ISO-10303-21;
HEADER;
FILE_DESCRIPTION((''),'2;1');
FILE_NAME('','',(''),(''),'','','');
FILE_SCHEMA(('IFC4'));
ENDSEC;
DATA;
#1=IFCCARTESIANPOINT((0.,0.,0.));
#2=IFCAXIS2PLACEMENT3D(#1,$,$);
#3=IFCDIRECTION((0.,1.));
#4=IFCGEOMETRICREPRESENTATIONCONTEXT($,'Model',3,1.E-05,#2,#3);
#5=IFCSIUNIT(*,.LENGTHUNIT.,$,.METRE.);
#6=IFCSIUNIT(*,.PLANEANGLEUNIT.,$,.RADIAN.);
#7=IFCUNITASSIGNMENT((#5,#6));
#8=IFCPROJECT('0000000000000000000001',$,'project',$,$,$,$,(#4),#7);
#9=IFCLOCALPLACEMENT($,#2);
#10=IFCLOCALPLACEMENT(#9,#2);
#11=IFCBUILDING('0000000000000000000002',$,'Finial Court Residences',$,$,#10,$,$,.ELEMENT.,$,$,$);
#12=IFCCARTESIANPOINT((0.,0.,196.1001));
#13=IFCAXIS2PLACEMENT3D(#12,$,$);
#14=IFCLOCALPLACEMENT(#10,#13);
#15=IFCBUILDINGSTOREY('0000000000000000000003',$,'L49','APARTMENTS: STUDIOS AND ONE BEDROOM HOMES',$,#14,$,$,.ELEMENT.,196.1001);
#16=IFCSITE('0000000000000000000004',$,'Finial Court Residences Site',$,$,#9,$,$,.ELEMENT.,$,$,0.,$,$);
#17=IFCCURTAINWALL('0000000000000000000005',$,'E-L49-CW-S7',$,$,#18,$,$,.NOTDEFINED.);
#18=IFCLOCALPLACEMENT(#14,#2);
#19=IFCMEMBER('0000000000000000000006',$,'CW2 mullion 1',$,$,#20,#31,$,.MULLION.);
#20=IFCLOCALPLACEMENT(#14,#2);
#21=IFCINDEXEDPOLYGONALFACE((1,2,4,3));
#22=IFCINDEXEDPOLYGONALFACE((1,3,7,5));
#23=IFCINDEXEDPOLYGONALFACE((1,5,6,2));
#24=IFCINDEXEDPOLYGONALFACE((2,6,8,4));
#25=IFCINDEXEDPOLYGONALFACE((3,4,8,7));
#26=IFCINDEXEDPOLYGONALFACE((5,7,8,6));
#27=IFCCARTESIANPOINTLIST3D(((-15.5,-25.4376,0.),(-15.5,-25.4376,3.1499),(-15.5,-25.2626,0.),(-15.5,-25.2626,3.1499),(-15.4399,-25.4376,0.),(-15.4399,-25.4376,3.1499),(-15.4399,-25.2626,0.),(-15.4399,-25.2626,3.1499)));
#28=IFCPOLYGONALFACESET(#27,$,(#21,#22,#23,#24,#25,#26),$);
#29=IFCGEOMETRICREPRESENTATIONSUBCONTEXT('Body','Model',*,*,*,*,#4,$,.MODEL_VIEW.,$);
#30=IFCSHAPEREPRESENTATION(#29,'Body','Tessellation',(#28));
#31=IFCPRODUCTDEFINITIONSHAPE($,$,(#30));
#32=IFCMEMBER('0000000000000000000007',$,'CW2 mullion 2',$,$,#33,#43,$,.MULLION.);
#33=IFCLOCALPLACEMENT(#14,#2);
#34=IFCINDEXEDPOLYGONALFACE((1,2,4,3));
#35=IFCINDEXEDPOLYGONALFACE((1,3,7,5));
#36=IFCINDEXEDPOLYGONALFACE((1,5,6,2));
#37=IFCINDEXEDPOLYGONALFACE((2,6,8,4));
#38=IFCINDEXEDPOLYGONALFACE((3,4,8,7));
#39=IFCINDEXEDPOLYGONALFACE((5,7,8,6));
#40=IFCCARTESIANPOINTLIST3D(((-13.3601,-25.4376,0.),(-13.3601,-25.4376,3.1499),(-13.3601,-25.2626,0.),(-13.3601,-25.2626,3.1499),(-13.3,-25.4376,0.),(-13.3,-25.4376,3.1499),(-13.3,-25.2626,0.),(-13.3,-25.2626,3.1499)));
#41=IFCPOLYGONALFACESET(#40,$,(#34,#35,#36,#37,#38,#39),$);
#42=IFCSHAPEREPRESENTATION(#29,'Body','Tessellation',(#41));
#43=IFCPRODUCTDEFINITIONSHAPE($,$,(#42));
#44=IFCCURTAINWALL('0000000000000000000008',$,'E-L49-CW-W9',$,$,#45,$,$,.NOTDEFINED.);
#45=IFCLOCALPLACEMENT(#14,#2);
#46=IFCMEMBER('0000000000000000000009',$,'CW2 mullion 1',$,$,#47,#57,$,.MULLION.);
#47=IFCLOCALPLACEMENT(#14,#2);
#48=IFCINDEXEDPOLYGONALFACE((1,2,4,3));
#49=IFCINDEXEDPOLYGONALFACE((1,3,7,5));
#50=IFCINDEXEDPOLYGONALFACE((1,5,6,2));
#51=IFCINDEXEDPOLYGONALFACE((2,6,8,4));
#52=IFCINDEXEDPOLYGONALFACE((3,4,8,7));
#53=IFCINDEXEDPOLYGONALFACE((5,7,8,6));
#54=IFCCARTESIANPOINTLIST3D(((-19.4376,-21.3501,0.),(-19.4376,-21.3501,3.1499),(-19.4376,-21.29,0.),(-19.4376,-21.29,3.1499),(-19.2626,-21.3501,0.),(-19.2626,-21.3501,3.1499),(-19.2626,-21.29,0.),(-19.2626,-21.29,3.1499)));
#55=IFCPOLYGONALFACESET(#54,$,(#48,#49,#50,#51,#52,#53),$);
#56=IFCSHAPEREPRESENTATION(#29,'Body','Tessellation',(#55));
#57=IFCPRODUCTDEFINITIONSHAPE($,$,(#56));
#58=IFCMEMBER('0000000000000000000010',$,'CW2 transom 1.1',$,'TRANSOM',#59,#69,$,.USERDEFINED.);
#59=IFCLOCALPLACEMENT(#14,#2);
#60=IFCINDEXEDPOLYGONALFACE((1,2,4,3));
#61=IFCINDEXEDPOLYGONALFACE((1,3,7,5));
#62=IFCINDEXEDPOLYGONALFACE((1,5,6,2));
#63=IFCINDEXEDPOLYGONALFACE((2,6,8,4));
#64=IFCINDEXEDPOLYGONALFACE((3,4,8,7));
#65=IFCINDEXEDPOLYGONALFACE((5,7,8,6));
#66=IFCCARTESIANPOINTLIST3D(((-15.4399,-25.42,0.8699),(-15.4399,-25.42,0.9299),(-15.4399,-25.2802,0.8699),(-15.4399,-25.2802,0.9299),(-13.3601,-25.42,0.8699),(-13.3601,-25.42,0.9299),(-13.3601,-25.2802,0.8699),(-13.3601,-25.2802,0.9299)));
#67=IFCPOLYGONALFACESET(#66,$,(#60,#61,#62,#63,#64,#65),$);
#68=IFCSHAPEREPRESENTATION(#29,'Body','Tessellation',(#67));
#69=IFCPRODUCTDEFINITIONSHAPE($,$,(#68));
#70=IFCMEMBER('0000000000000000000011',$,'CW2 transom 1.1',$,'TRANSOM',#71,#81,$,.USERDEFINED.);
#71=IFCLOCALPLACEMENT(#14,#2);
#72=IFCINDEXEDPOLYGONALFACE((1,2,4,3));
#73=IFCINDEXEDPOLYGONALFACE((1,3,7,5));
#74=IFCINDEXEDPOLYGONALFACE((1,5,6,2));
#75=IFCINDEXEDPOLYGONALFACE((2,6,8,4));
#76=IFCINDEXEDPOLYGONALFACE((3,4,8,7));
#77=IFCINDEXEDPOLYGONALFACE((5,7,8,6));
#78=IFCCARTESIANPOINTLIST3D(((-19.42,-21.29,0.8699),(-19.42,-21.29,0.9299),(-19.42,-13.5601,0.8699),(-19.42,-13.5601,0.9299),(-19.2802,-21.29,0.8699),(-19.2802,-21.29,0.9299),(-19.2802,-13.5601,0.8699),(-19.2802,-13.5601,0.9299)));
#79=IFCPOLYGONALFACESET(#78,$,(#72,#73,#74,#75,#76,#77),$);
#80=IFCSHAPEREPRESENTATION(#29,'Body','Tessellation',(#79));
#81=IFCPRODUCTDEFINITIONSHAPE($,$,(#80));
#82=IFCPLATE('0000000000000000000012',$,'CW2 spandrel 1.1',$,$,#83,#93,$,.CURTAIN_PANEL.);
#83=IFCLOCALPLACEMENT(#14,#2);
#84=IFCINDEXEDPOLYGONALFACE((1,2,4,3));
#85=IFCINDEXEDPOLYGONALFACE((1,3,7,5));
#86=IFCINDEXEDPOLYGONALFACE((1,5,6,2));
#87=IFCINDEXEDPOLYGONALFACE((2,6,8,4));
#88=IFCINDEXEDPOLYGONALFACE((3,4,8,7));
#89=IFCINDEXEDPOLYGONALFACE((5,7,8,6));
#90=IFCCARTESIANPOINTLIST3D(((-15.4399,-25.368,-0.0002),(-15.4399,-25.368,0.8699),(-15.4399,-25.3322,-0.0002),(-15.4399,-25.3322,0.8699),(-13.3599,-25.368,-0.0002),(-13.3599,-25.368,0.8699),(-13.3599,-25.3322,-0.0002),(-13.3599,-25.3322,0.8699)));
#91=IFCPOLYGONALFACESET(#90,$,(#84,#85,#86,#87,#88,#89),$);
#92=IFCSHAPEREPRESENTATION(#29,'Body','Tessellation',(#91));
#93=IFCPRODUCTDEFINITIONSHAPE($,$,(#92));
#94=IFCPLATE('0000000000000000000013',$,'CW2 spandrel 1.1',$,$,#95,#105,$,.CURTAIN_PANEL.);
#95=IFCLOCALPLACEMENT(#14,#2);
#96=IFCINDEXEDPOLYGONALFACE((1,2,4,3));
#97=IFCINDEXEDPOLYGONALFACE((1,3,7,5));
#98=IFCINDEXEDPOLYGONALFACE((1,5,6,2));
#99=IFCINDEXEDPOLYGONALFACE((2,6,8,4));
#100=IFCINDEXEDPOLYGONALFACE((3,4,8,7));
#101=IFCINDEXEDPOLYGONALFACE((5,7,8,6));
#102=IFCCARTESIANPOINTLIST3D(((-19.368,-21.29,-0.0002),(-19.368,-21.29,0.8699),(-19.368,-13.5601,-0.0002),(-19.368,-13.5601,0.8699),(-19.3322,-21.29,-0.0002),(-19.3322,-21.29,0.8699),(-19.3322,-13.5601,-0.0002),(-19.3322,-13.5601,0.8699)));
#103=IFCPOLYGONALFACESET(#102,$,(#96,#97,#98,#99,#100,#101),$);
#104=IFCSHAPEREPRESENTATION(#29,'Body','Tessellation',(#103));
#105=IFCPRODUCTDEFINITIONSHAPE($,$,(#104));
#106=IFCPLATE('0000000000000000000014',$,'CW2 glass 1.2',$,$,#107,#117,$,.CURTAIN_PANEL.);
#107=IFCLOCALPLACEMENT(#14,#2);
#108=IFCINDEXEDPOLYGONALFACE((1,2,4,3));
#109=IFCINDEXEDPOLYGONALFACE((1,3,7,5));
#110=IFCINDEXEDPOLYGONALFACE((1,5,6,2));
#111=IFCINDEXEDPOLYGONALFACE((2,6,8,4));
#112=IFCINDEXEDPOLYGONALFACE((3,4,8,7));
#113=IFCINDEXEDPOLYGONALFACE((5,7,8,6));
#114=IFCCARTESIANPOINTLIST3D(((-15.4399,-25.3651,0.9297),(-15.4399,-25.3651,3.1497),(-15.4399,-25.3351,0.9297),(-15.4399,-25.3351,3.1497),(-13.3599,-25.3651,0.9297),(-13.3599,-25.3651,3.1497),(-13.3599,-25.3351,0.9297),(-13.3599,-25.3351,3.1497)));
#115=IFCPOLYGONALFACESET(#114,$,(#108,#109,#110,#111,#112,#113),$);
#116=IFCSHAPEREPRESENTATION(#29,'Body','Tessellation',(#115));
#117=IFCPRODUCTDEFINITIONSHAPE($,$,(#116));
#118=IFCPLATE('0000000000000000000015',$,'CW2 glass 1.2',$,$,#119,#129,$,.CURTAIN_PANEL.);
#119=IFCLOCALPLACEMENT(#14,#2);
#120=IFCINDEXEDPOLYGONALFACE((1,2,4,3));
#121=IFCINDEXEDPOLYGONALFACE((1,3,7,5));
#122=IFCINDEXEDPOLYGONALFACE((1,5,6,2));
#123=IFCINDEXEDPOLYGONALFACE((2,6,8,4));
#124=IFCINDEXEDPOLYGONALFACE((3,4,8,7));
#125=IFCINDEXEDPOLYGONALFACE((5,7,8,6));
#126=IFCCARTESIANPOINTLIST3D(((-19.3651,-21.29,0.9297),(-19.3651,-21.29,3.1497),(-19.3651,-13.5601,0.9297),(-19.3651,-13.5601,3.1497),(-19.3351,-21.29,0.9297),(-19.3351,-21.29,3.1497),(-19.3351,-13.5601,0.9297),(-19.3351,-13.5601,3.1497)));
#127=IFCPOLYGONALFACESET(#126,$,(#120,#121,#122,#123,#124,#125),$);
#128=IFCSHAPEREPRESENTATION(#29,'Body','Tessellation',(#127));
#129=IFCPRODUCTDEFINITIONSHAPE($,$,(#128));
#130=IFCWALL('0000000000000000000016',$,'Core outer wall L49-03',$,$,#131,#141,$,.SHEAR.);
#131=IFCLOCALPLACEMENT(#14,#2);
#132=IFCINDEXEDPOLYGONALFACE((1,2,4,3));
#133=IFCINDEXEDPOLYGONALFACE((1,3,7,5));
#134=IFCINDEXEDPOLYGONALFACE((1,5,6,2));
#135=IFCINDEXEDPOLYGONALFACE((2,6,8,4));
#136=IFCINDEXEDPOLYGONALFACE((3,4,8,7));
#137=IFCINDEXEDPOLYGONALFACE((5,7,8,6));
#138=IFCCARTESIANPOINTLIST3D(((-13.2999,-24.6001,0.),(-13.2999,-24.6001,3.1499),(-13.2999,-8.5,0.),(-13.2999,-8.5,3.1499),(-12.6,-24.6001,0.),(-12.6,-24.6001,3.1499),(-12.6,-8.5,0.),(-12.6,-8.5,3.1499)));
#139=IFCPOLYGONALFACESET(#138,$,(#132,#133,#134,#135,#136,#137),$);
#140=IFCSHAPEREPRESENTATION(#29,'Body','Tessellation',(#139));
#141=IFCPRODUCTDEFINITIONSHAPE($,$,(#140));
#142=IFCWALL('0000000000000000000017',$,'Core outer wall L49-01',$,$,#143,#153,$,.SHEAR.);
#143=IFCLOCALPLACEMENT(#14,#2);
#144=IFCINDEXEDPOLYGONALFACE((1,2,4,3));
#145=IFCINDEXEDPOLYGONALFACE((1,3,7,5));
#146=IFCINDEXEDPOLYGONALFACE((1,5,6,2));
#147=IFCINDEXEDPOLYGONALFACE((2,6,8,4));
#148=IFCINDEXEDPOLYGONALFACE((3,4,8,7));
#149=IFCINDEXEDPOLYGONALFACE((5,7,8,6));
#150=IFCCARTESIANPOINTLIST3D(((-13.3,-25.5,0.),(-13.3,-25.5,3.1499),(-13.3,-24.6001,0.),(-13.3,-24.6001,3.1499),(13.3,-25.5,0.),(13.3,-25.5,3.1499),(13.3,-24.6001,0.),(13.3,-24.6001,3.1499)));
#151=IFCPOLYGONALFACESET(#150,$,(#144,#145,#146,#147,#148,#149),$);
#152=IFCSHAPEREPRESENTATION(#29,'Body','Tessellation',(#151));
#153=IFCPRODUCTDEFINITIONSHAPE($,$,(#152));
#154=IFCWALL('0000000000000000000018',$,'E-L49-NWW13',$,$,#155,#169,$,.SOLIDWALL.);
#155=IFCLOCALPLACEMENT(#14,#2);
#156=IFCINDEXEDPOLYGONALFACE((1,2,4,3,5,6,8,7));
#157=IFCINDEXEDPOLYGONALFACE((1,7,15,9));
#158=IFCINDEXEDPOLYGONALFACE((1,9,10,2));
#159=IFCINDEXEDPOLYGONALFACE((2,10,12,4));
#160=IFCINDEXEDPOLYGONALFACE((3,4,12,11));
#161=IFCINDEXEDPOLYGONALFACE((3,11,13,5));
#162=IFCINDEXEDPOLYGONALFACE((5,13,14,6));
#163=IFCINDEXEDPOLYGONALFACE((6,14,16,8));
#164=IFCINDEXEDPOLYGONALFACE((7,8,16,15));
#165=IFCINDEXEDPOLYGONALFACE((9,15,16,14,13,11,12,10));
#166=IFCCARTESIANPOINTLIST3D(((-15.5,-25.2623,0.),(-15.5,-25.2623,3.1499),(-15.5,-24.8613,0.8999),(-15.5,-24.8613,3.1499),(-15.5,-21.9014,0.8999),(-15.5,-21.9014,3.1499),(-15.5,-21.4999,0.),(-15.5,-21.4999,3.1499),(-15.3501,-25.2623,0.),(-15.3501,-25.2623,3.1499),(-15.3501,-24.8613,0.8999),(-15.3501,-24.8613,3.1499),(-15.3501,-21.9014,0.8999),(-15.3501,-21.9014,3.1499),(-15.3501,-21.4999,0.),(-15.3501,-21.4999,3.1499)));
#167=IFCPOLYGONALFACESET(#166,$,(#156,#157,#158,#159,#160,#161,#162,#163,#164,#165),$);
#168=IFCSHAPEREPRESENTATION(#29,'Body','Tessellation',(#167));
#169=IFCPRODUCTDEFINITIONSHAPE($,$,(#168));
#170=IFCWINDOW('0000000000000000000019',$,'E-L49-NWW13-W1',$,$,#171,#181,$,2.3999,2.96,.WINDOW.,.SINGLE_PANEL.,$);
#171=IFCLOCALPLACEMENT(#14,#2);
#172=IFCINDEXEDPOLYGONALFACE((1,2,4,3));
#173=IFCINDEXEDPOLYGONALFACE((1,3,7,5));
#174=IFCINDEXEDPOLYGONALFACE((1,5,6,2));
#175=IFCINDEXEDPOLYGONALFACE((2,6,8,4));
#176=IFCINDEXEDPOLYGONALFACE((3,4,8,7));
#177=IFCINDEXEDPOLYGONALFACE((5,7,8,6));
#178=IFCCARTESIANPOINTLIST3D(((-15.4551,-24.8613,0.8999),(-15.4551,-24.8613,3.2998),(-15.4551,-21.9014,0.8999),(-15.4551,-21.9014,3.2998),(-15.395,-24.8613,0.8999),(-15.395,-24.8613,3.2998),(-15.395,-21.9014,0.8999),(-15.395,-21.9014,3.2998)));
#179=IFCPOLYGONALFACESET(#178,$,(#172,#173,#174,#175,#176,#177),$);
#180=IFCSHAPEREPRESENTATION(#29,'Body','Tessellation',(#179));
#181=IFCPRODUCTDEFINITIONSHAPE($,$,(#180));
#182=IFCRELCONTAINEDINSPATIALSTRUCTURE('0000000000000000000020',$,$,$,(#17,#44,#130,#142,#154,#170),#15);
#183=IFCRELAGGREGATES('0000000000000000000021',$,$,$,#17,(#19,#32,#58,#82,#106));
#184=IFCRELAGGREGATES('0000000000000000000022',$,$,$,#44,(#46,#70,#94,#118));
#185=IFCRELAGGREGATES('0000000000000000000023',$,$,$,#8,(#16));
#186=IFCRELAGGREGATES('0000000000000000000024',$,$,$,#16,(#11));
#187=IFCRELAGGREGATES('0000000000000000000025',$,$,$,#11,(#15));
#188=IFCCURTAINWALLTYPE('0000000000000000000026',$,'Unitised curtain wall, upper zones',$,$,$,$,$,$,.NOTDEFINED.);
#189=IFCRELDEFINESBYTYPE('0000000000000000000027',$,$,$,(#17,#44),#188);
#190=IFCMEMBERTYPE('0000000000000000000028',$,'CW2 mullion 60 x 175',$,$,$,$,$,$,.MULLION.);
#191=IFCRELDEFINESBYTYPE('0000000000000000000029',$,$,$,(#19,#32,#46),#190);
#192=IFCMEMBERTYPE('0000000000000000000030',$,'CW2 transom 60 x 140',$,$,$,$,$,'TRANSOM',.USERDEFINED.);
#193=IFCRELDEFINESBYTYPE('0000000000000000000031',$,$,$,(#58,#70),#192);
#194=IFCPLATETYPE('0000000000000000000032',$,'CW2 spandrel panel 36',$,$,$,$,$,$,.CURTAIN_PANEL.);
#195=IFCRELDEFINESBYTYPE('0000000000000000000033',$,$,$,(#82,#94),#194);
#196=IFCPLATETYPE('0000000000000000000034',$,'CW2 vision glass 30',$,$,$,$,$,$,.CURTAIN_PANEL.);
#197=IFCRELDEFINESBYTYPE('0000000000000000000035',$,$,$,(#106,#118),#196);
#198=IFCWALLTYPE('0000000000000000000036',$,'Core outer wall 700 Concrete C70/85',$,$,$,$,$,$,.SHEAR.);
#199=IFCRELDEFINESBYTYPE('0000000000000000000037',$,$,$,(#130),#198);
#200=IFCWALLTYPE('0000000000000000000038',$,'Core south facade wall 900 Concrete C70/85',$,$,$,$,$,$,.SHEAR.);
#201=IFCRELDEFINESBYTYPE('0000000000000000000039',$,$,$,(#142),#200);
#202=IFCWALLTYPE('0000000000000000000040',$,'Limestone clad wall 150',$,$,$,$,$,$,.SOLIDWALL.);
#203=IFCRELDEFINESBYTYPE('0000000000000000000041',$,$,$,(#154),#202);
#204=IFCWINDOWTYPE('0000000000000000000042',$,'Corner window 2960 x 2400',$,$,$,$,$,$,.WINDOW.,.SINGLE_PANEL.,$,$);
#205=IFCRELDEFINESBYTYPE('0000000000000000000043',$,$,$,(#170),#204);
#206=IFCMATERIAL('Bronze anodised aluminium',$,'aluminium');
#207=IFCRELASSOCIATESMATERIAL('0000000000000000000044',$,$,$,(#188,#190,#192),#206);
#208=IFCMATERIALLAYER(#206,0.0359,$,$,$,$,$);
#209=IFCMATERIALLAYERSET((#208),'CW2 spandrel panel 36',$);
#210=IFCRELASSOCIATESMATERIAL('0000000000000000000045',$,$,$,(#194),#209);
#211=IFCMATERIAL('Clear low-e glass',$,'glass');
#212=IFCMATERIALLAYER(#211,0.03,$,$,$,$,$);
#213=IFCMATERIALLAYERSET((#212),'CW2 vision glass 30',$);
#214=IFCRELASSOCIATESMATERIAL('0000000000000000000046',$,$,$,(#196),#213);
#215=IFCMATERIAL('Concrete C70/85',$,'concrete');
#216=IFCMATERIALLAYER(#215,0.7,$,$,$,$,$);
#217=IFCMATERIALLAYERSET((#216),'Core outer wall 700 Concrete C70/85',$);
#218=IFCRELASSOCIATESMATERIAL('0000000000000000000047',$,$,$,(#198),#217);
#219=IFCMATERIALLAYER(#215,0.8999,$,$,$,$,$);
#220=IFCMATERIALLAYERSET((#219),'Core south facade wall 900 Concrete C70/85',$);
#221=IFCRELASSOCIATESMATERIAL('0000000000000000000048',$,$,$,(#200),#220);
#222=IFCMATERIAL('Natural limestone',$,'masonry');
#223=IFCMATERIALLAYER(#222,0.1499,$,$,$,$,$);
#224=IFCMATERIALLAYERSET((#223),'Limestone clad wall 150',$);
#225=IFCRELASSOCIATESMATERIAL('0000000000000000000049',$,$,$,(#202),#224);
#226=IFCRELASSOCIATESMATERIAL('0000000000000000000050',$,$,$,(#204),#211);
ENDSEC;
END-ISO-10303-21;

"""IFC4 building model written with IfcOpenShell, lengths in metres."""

from ifc_helpers import new_model, si_unit, direction, frame, frame_2d, origin, origin_2d, place, context, subcontext, project, spatial, rectangle, extrude, material, layer, layer_set, material_profile, profile_set, type_object, element, fill, aggregate, save


model = new_model("IFC4")

# Units and contexts
model_context = context("Model", 3, precision=1e-05, world=origin(), true_north=direction((0.0, 1.0)))
body_context = subcontext(model_context, "Body", "Model", "MODEL_VIEW")
ifc_project = project(units=[si_unit("LENGTHUNIT", "METRE"), si_unit("PLANEANGLEUNIT", "RADIAN")], contexts=[model_context])

# Site, building, storey
site_placement = place(None, origin())
site = spatial("IfcSite", under=ifc_project, at=site_placement, Name="Finial Court Residences Site", CompositionType="ELEMENT", RefElevation=0.0)
building_placement = place(site_placement, origin())
building = spatial("IfcBuilding", under=site, at=building_placement, Name="Finial Court Residences", CompositionType="ELEMENT")
storey_placement = place(building_placement, frame((0.0, 0.0, 196.1001)))
storey = spatial("IfcBuildingStorey", under=building, at=storey_placement, Name="L49", Description="APARTMENTS: STUDIOS AND ONE BEDROOM HOMES", CompositionType="ELEMENT", Elevation=196.1001)

# Curtain wall, members
ifc_material_1 = material(Name="Bronze anodised aluminium", Category="aluminium")
curtain_wall_type = type_object("IfcCurtainWallType", Name="Unitised curtain wall, upper zones", PredefinedType="NOTDEFINED", material=ifc_material_1)
curtain_wall_1_placement = place(storey_placement, origin())
curtain_wall_1 = element("IfcCurtainWall", 1, at=curtain_wall_1_placement, inside=storey, type_object=curtain_wall_type, Name="E-L49-CW-S7", PredefinedType="NOTDEFINED")
ifc_material_profile_1 = material_profile(ifc_material_1, rectangle(XDim=0.175, YDim=0.0601, at=origin_2d()), Name="CW2 mullion 60 x 175")
ifc_profile_set_1 = profile_set([ifc_material_profile_1], Name="Bronze anodised aluminium")
member_type_1 = type_object("IfcMemberType", Name="CW2 mullion 60 x 175", PredefinedType="MULLION", material=ifc_profile_set_1)
member_1_placement = place(storey_placement, frame((-15.47, -25.3501, 0.0), z_axis=(0.0, 0.0, 1.0), x_axis=(0.0, 1.0, 0.0)))
member_1 = element("IfcMember", 2, at=member_1_placement, type_object=member_type_1, Name="CW2 mullion 1", PredefinedType="MULLION", context=body_context, shape_type="SweptSolid", body=[
    extrude(rectangle(XDim=0.175, YDim=0.0601, at=origin_2d()), origin(), (0.0, 0.0, 1.0), 3.1499),
])
member_2_placement = place(storey_placement, frame((-13.3301, -25.3501, 0.0), z_axis=(0.0, 0.0, 1.0), x_axis=(0.0, 1.0, 0.0)))
member_2 = element("IfcMember", 3, at=member_2_placement, type_object=member_type_1, Name="CW2 mullion 2", PredefinedType="MULLION", context=body_context, shape_type="SweptSolid", body=[
    extrude(rectangle(XDim=0.175, YDim=0.0601, at=origin_2d()), origin(), (0.0, 0.0, 1.0), 3.1499),
])

# Curtain wall, member
curtain_wall_2_placement = place(storey_placement, origin())
curtain_wall_2 = element("IfcCurtainWall", 4, at=curtain_wall_2_placement, inside=storey, type_object=curtain_wall_type, Name="E-L49-CW-W9", PredefinedType="NOTDEFINED")
member_3_placement = place(storey_placement, frame((-19.3501, -21.3201, 0.0), z_axis=(0.0, 0.0, 1.0), x_axis=(-1.0, 0.0, 0.0)))
member_3 = element("IfcMember", 5, at=member_3_placement, type_object=member_type_1, Name="CW2 mullion 1", PredefinedType="MULLION", context=body_context, shape_type="SweptSolid", body=[
    extrude(rectangle(XDim=0.175, YDim=0.0601, at=origin_2d()), origin(), (0.0, 0.0, 1.0), 3.1499),
])

# Members
ifc_material_profile_2 = material_profile(ifc_material_1, rectangle(XDim=0.1399, YDim=0.0601, at=origin_2d()), Name="CW2 transom 60 x 140")
ifc_profile_set_2 = profile_set([ifc_material_profile_2], Name="Bronze anodised aluminium")
member_type_2 = type_object("IfcMemberType", Name="CW2 transom 60 x 140", ElementType="TRANSOM", PredefinedType="USERDEFINED", material=ifc_profile_set_2)
member_4_placement = place(storey_placement, frame((-15.4399, -25.3501, 0.8999), z_axis=(1.0, 0.0, 0.0), x_axis=(0.0, 1.0, 0.0)))
member_4 = element("IfcMember", 6, at=member_4_placement, type_object=member_type_2, Name="CW2 transom 1.1", ObjectType="TRANSOM", PredefinedType="USERDEFINED", context=body_context, shape_type="SweptSolid", body=[
    extrude(rectangle(XDim=0.1399, YDim=0.0601, at=origin_2d()), origin(), (0.0, 0.0, 1.0), 2.0798),
])
member_5_placement = place(storey_placement, frame((-19.3501, -21.29, 0.8999), z_axis=(0.0, 1.0, 0.0), x_axis=(-1.0, 0.0, 0.0)))
member_5 = element("IfcMember", 7, at=member_5_placement, type_object=member_type_2, Name="CW2 transom 1.1", ObjectType="TRANSOM", PredefinedType="USERDEFINED", context=body_context, shape_type="SweptSolid", body=[
    extrude(rectangle(XDim=0.1399, YDim=0.0601, at=origin_2d()), origin(), (0.0, 0.0, 1.0), 7.73),
])

# Plates
ifc_layer_1 = layer(ifc_material_1, 0.0359)
ifc_layer_set_1 = layer_set([ifc_layer_1], Name="CW2 spandrel panel 36")
plate_type_1 = type_object("IfcPlateType", Name="CW2 spandrel panel 36", PredefinedType="CURTAIN_PANEL", material=ifc_layer_set_1)
plate_1_placement = place(storey_placement, frame((-14.3999, -25.3501, -0.0002), z_axis=(0.0, 0.0, 1.0), x_axis=(1.0, 0.0, 0.0)))
plate_1 = element("IfcPlate", 8, at=plate_1_placement, type_object=plate_type_1, Name="CW2 spandrel 1.1", PredefinedType="CURTAIN_PANEL", context=body_context, shape_type="SweptSolid", body=[
    extrude(rectangle(XDim=2.0801, YDim=0.0359, at=origin_2d()), origin(), (0.0, 0.0, 1.0), 0.8701),
])
plate_2_placement = place(storey_placement, frame((-19.3501, -17.425, -0.0002), z_axis=(0.0, 0.0, 1.0), x_axis=(0.0, 1.0, 0.0)))
plate_2 = element("IfcPlate", 9, at=plate_2_placement, type_object=plate_type_1, Name="CW2 spandrel 1.1", PredefinedType="CURTAIN_PANEL", context=body_context, shape_type="SweptSolid", body=[
    extrude(rectangle(XDim=7.73, YDim=0.0359, at=origin_2d()), origin(), (0.0, 0.0, 1.0), 0.8701),
])
ifc_material_2 = material(Name="Clear low-e glass", Category="glass")
ifc_layer_2 = layer(ifc_material_2, 0.03)
ifc_layer_set_2 = layer_set([ifc_layer_2], Name="CW2 vision glass 30")
plate_type_2 = type_object("IfcPlateType", Name="CW2 vision glass 30", PredefinedType="CURTAIN_PANEL", material=ifc_layer_set_2)
plate_3_placement = place(storey_placement, frame((-14.3999, -25.3501, 0.9297), z_axis=(0.0, 0.0, 1.0), x_axis=(1.0, 0.0, 0.0)))
plate_3 = element("IfcPlate", 10, at=plate_3_placement, type_object=plate_type_2, Name="CW2 glass 1.2", PredefinedType="CURTAIN_PANEL", context=body_context, shape_type="SweptSolid", body=[
    extrude(rectangle(XDim=2.0801, YDim=0.03, at=origin_2d()), origin(), (0.0, 0.0, 1.0), 2.22),
])
aggregate(curtain_wall_1, [member_1, member_2, member_4, plate_1, plate_3])
plate_4_placement = place(storey_placement, frame((-19.3501, -17.425, 0.9297), z_axis=(0.0, 0.0, 1.0), x_axis=(0.0, 1.0, 0.0)))
plate_4 = element("IfcPlate", 11, at=plate_4_placement, type_object=plate_type_2, Name="CW2 glass 1.2", PredefinedType="CURTAIN_PANEL", context=body_context, shape_type="SweptSolid", body=[
    extrude(rectangle(XDim=7.73, YDim=0.03, at=origin_2d()), origin(), (0.0, 0.0, 1.0), 2.22),
])
aggregate(curtain_wall_2, [member_3, member_5, plate_2, plate_4])

# Walls
ifc_material_3 = material(Name="Concrete C70/85", Category="concrete")
ifc_layer_3 = layer(ifc_material_3, 0.7)
ifc_layer_set_3 = layer_set([ifc_layer_3], Name="Core outer wall 700 Concrete C70/85")
wall_type_1 = type_object("IfcWallType", Name="Core outer wall 700 Concrete C70/85", PredefinedType="SHEAR", material=ifc_layer_set_3)
wall_1_placement = place(storey_placement, frame((-12.95, -24.6001, 0.0), z_axis=(0.0, 0.0, 1.0), x_axis=(0.0, 1.0, 0.0)))
element("IfcWall", 12, at=wall_1_placement, inside=storey, type_object=wall_type_1, Name="Core outer wall L49-03", PredefinedType="SHEAR", context=body_context, shape_type="SweptSolid", body=[
    extrude(rectangle(XDim=16.1001, YDim=0.7, at=frame_2d((8.05, 0.0))), origin(), (0.0, 0.0, 1.0), 3.1499),
])
ifc_layer_4 = layer(ifc_material_3, 0.8999)
ifc_layer_set_4 = layer_set([ifc_layer_4], Name="Core south facade wall 900 Concrete C70/85")
wall_type_2 = type_object("IfcWallType", Name="Core south facade wall 900 Concrete C70/85", PredefinedType="SHEAR", material=ifc_layer_set_4)
wall_2_placement = place(storey_placement, frame((-13.3, -25.05, 0.0), z_axis=(0.0, 0.0, 1.0), x_axis=(1.0, 0.0, 0.0)))
element("IfcWall", 13, at=wall_2_placement, inside=storey, type_object=wall_type_2, Name="Core outer wall L49-01", PredefinedType="SHEAR", context=body_context, shape_type="SweptSolid", body=[
    extrude(rectangle(XDim=26.6001, YDim=0.8999, at=frame_2d((13.3, 0.0))), origin(), (0.0, 0.0, 1.0), 3.1499),
])

# Wall, opening, window
ifc_material_4 = material(Name="Natural limestone", Category="masonry")
ifc_layer_5 = layer(ifc_material_4, 0.1499)
ifc_layer_set_5 = layer_set([ifc_layer_5], Name="Limestone clad wall 150")
wall_type_3 = type_object("IfcWallType", Name="Limestone clad wall 150", PredefinedType="SOLIDWALL", material=ifc_layer_set_5)
wall_3_placement = place(storey_placement, frame((-15.425, -25.2625, 0.0), z_axis=(0.0, 0.0, 1.0), x_axis=(0.0, 1.0, 0.0)))
wall_3 = element("IfcWall", 14, at=wall_3_placement, inside=storey, type_object=wall_type_3, Name="E-L49-NWW13", PredefinedType="SOLIDWALL", context=body_context, shape_type="SweptSolid", body=[
    extrude(rectangle(XDim=3.7625, YDim=0.1499, at=frame_2d((1.8813, 0.0))), origin(), (0.0, 0.0, 1.0), 3.1499),
])
opening_1_placement = place(wall_3_placement, frame((0.4011, 0.0, 0.8999)))
opening_1 = element("IfcOpeningElement", 15, at=opening_1_placement, cuts=wall_3, PredefinedType="OPENING", context=body_context, shape_type="SweptSolid", body=[
    extrude(rectangle(XDim=2.96, YDim=2.3999, at=frame_2d((1.48, 1.2))), frame((0.0, 0.085, 0.0), z_axis=(0.0, -1.0, 0.0), x_axis=(1.0, 0.0, 0.0)), (0.0, 0.0, 1.0), 0.1699),
])
window_type_1 = type_object("IfcWindowType", Name="Corner window 2960 x 2400", PartitioningType="SINGLE_PANEL", PredefinedType="WINDOW", material=ifc_material_2)
window_1_placement = place(opening_1_placement, origin())
window_1 = element("IfcWindow", 16, at=window_1_placement, inside=storey, type_object=window_type_1, Name="E-L49-NWW13-W1", OverallHeight=2.3999, OverallWidth=2.96, PartitioningType="SINGLE_PANEL", PredefinedType="WINDOW", context=body_context, shape_type="SweptSolid", body=[
    extrude(rectangle(XDim=2.96, YDim=2.3999, at=frame_2d((1.48, 1.2))), frame((0.0, 0.03, 0.0), z_axis=(0.0, -1.0, 0.0), x_axis=(1.0, 0.0, 0.0)), (0.0, 0.0, 1.0), 0.0601),
])
fill(opening_1, window_1)

save(model, "model.ifc")
